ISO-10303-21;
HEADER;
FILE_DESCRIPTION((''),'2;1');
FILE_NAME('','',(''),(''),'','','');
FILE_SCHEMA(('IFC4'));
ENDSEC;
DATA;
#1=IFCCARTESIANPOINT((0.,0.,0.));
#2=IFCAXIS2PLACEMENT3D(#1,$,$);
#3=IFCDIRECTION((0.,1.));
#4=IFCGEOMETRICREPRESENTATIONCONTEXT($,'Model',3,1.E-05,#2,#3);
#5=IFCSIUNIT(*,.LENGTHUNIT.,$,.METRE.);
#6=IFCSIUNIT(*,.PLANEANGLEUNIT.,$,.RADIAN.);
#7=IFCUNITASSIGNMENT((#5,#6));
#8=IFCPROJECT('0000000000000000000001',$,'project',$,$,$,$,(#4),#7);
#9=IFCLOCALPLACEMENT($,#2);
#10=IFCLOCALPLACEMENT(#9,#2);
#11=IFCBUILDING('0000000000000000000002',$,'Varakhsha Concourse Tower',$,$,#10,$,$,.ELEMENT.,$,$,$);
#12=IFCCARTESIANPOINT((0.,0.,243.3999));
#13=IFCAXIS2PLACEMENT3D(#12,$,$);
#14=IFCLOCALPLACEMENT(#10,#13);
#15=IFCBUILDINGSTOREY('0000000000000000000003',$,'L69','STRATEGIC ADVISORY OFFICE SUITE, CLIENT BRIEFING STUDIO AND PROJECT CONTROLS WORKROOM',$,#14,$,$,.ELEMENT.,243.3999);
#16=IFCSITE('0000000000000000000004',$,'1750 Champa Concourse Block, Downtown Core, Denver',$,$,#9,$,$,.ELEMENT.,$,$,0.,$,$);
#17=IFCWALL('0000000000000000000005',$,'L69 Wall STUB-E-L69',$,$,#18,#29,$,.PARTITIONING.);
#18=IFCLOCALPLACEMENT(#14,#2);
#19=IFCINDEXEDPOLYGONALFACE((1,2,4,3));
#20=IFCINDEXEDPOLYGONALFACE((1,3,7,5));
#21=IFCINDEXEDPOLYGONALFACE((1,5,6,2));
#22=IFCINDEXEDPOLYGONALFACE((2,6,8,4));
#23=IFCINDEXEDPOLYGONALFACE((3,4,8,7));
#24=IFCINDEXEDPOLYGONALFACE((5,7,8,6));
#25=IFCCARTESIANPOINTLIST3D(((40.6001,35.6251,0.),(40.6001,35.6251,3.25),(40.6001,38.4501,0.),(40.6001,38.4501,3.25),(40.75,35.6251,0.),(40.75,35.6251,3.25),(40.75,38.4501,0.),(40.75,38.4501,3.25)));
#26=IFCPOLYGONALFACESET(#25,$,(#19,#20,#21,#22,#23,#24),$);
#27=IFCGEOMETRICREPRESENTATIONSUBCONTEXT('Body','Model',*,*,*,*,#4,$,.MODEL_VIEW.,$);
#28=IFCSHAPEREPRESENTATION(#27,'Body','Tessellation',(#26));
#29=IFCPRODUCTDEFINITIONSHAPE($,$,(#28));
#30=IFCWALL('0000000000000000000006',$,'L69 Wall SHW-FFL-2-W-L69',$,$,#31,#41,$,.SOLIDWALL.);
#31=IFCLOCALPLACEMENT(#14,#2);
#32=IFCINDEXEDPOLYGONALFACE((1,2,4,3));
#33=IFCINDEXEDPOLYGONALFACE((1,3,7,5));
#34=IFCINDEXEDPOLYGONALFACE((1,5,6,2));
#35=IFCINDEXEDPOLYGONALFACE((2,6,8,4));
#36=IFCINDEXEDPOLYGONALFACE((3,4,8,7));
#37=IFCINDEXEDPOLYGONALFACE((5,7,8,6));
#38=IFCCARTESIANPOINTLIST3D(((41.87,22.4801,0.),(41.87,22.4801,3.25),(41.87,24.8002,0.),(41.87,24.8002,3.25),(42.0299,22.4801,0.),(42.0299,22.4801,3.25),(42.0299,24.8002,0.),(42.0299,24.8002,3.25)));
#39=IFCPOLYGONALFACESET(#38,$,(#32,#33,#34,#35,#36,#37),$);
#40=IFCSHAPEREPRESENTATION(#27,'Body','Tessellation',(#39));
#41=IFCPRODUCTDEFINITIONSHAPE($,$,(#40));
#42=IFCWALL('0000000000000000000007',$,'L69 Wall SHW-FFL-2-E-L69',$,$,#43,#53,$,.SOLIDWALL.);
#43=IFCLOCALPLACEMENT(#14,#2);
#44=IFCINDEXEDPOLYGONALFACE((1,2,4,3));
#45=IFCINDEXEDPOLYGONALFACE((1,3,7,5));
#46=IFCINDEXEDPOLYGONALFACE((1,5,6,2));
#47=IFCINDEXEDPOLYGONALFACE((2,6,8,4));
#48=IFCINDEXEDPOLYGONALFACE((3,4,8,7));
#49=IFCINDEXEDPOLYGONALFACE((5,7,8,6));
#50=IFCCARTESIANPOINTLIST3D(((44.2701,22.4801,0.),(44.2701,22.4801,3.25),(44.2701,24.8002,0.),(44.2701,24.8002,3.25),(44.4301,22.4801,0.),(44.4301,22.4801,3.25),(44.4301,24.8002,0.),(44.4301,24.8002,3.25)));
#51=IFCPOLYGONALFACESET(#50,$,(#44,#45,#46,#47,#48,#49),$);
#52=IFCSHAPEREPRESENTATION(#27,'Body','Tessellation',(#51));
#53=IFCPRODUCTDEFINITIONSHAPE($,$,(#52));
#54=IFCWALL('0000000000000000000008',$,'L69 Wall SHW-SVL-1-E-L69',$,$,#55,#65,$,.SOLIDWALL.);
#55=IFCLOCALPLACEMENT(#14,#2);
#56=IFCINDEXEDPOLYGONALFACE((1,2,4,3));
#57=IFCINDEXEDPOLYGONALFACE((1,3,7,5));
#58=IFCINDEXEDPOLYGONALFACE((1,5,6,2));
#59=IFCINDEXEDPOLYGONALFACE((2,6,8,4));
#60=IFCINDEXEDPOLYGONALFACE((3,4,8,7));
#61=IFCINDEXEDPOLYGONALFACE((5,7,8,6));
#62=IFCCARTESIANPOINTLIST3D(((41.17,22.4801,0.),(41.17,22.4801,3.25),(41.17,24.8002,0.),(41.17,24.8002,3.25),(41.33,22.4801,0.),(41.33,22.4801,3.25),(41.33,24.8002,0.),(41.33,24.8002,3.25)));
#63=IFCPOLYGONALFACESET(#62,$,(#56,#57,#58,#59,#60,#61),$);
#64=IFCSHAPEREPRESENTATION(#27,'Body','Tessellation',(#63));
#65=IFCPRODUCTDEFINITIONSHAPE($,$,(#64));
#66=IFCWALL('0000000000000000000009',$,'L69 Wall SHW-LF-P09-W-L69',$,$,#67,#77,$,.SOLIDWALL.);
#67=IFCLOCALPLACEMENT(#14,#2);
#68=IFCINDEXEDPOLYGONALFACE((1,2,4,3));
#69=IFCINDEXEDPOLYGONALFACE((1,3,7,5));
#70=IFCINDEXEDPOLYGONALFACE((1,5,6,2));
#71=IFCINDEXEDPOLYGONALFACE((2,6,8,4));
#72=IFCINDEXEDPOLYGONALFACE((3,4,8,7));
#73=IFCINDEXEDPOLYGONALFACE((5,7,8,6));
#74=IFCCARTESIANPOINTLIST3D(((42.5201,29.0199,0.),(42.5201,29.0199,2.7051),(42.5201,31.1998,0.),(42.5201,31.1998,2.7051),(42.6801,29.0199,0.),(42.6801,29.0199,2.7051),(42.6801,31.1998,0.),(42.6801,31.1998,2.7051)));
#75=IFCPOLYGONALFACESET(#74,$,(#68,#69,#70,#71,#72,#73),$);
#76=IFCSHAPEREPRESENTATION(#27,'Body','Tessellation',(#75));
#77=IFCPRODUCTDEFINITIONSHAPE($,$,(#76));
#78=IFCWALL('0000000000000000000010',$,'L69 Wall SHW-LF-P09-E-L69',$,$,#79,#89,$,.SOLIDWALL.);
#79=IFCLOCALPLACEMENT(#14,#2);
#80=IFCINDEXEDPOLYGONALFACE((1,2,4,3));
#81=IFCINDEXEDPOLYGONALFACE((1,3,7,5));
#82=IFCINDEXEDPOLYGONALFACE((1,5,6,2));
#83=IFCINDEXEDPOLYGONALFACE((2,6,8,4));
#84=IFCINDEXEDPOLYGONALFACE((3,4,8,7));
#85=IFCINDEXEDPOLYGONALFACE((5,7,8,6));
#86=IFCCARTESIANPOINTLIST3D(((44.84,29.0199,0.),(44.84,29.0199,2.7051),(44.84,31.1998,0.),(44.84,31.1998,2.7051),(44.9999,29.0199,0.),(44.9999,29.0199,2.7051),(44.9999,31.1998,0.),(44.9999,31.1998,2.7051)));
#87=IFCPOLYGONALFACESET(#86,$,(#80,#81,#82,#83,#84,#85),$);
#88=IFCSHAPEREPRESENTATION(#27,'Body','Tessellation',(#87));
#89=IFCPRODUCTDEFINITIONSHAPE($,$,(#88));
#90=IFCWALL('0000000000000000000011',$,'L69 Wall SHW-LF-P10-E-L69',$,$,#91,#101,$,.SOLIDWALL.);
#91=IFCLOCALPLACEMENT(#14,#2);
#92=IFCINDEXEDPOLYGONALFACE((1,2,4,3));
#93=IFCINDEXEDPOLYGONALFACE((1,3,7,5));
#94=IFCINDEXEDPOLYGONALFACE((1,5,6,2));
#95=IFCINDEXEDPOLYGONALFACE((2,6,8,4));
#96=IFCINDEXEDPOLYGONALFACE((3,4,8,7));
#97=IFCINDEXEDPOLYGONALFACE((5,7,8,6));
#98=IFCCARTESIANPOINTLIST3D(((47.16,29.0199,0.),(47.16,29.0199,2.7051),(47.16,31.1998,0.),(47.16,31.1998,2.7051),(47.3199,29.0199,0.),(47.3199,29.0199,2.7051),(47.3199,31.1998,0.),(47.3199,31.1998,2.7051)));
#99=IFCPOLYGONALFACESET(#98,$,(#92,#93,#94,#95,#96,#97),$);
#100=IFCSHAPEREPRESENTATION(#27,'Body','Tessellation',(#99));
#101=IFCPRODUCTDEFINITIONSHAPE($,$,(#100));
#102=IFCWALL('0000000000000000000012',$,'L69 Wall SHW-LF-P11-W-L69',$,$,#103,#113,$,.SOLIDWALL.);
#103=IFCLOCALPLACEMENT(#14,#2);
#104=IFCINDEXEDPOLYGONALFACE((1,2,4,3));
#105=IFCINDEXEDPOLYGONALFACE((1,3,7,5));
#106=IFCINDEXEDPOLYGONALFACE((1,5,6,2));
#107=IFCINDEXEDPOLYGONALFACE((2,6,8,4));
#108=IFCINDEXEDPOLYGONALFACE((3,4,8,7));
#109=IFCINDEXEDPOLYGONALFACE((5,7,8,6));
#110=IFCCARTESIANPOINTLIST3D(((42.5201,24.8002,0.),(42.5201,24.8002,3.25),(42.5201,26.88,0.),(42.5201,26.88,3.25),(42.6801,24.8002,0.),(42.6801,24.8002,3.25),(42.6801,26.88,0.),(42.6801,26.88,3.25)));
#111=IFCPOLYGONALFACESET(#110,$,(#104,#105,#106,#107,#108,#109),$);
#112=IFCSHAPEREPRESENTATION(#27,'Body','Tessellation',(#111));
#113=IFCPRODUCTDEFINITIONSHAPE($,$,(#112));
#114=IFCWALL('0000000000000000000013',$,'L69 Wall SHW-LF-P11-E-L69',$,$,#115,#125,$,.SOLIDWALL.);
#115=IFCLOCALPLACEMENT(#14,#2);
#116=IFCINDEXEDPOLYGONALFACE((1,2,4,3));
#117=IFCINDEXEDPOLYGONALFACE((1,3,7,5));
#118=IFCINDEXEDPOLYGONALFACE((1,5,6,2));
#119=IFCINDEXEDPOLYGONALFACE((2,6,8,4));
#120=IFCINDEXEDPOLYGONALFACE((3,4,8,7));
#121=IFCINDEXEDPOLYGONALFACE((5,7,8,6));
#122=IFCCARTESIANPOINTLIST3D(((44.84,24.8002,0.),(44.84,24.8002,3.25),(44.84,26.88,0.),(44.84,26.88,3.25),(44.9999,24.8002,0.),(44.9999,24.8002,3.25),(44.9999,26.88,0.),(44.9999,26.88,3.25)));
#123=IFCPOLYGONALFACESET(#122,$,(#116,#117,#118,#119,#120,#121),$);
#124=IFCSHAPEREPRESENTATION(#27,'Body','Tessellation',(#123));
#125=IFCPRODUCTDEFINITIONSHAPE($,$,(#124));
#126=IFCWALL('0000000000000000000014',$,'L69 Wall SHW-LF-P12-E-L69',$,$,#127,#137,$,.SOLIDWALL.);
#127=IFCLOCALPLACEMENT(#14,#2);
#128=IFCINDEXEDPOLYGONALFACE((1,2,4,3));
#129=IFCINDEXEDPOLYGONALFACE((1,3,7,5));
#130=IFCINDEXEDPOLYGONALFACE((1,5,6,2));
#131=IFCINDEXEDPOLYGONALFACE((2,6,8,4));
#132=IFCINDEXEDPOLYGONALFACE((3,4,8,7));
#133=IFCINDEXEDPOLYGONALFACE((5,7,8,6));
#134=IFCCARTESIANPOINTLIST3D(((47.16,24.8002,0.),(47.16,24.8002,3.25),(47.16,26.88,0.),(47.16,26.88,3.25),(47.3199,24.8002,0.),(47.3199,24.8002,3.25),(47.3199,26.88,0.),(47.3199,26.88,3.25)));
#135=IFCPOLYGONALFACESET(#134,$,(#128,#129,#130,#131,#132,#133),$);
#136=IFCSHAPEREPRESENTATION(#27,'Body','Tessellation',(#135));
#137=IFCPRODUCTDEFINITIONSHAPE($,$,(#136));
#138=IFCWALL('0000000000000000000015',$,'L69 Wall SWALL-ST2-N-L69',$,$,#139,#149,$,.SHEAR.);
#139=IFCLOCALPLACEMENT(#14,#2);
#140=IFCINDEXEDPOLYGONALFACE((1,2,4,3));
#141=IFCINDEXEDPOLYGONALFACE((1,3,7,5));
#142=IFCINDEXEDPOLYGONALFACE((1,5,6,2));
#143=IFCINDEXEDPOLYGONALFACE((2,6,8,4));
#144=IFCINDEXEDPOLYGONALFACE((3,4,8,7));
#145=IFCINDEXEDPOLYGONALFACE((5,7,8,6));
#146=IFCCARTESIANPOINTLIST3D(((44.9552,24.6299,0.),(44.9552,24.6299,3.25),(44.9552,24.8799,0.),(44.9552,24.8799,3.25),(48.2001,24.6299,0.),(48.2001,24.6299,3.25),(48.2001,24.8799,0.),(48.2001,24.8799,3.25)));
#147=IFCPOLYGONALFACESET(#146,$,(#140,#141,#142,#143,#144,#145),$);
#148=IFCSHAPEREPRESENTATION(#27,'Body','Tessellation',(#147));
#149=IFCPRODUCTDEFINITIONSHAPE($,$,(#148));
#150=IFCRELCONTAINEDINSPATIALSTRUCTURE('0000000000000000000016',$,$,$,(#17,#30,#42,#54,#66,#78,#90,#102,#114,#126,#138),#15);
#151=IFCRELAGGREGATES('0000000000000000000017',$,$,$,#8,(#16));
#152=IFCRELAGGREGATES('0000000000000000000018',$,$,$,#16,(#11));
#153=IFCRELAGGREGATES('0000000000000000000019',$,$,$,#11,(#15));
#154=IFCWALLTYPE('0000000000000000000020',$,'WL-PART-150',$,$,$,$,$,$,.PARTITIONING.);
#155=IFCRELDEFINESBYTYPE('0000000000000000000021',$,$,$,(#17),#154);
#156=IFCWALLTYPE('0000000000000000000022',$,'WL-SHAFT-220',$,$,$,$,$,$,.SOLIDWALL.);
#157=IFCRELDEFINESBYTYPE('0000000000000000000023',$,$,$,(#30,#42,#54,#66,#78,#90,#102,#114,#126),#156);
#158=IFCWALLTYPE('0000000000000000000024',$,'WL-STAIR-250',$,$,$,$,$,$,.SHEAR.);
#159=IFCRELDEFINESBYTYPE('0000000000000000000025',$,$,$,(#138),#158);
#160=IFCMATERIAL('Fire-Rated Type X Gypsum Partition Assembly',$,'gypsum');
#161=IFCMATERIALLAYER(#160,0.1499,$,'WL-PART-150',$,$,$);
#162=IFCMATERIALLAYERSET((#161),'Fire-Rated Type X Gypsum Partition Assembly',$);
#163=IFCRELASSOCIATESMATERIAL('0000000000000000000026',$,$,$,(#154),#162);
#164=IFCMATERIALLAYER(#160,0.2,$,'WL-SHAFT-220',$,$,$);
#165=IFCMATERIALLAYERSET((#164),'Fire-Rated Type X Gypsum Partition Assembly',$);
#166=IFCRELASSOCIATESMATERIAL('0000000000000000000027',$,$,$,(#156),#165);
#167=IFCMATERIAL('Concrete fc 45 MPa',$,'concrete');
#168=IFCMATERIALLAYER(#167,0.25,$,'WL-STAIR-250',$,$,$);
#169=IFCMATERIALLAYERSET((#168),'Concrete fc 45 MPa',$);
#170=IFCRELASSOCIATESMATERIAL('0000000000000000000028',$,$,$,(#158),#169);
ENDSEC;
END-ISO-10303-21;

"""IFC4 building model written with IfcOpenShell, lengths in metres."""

from ifc_helpers import new_model, si_unit, direction, frame, frame_2d, origin, place, context, subcontext, project, spatial, rectangle, extrude, material, layer, layer_set, type_object, element, save


model = new_model("IFC4")

# Units and contexts
model_context = context("Model", 3, precision=1e-05, world=origin(), true_north=direction((0.0, 1.0)))
body_context = subcontext(model_context, "Body", "Model", "MODEL_VIEW")
ifc_project = project(units=[si_unit("LENGTHUNIT", "METRE"), si_unit("PLANEANGLEUNIT", "RADIAN")], contexts=[model_context])

# Site, building, storey
site_placement = place(None, origin())
site = spatial("IfcSite", under=ifc_project, at=site_placement, Name="1750 Champa Concourse Block, Downtown Core, Denver", CompositionType="ELEMENT", RefElevation=0.0)
building_placement = place(site_placement, origin())
building = spatial("IfcBuilding", under=site, at=building_placement, Name="Varakhsha Concourse Tower", CompositionType="ELEMENT")
storey_placement = place(building_placement, frame((0.0, 0.0, 243.3999)))
storey = spatial("IfcBuildingStorey", under=building, at=storey_placement, Name="L69", Description="STRATEGIC ADVISORY OFFICE SUITE, CLIENT BRIEFING STUDIO AND PROJECT CONTROLS WORKROOM", CompositionType="ELEMENT", Elevation=243.3999)

# Shared definitions
ifc_material_1 = material(Name="Fire-Rated Type X Gypsum Partition Assembly", Category="gypsum")
ifc_layer_1 = layer(ifc_material_1, 0.1499, Name="WL-PART-150")
ifc_layer_set_1 = layer_set([ifc_layer_1], Name="Fire-Rated Type X Gypsum Partition Assembly")
wall_type_1 = type_object("IfcWallType", Name="WL-PART-150", PredefinedType="PARTITIONING", material=ifc_layer_set_1)

# Walls
wall_1_placement = place(storey_placement, frame((40.675, 35.625, 0.0), z_axis=(0.0, 0.0, 1.0), x_axis=(0.0, 1.0, 0.0)))
element("IfcWall", 1, at=wall_1_placement, inside=storey, type_object=wall_type_1, Name="L69 Wall STUB-E-L69", PredefinedType="PARTITIONING", context=body_context, shape_type="SweptSolid", body=[
    extrude(rectangle(XDim=2.825, YDim=0.1499, at=frame_2d((1.4126, 0.0))), origin(), (0.0, 0.0, 1.0), 3.25),
])
ifc_layer_2 = layer(ifc_material_1, 0.2, Name="WL-SHAFT-220")
ifc_layer_set_2 = layer_set([ifc_layer_2], Name="Fire-Rated Type X Gypsum Partition Assembly")
wall_type_2 = type_object("IfcWallType", Name="WL-SHAFT-220", PredefinedType="SOLIDWALL", material=ifc_layer_set_2)
for number, where, z_axis, x_axis, name in (
    (2, (41.95, 22.48, 0.0), (0.0, 0.0, 1.0), (0.0, 1.0, 0.0), "L69 Wall SHW-FFL-2-W-L69"),
    (3, (44.3501, 22.48, 0.0), (0.0, 0.0, 1.0), (0.0, 1.0, 0.0), "L69 Wall SHW-FFL-2-E-L69"),
    (4, (41.25, 22.48, 0.0), (0.0, 0.0, 1.0), (0.0, 1.0, 0.0), "L69 Wall SHW-SVL-1-E-L69"),
):
    element("IfcWall", number, at=place(storey_placement, frame(where, z_axis=z_axis, x_axis=x_axis)), inside=storey, type_object=wall_type_2, Name=name, PredefinedType="SOLIDWALL", context=body_context, shape_type="SweptSolid", body=[
        extrude(rectangle(XDim=2.3201, YDim=0.1599, at=frame_2d((1.1602, 0.0))), origin(), (0.0, 0.0, 1.0), 3.25),
    ])
for number, where, z_axis, x_axis, name in (
    (5, (42.6001, 29.02, 0.0), (0.0, 0.0, 1.0), (0.0, 1.0, 0.0), "L69 Wall SHW-LF-P09-W-L69"),
    (6, (44.9199, 29.02, 0.0), (0.0, 0.0, 1.0), (0.0, 1.0, 0.0), "L69 Wall SHW-LF-P09-E-L69"),
    (7, (47.24, 29.02, 0.0), (0.0, 0.0, 1.0), (0.0, 1.0, 0.0), "L69 Wall SHW-LF-P10-E-L69"),
):
    element("IfcWall", number, at=place(storey_placement, frame(where, z_axis=z_axis, x_axis=x_axis)), inside=storey, type_object=wall_type_2, Name=name, PredefinedType="SOLIDWALL", context=body_context, shape_type="SweptSolid", body=[
        extrude(rectangle(XDim=2.1799, YDim=0.1599, at=frame_2d((1.0898, 0.0))), origin(), (0.0, 0.0, 1.0), 2.7051),
    ])
for number, where, z_axis, x_axis, name in (
    (8, (42.6001, 24.8, 0.0), (0.0, 0.0, 1.0), (0.0, 1.0, 0.0), "L69 Wall SHW-LF-P11-W-L69"),
    (9, (44.9199, 24.8, 0.0), (0.0, 0.0, 1.0), (0.0, 1.0, 0.0), "L69 Wall SHW-LF-P11-E-L69"),
    (10, (47.24, 24.8, 0.0), (0.0, 0.0, 1.0), (0.0, 1.0, 0.0), "L69 Wall SHW-LF-P12-E-L69"),
):
    element("IfcWall", number, at=place(storey_placement, frame(where, z_axis=z_axis, x_axis=x_axis)), inside=storey, type_object=wall_type_2, Name=name, PredefinedType="SOLIDWALL", context=body_context, shape_type="SweptSolid", body=[
        extrude(rectangle(XDim=2.0798, YDim=0.1599, at=frame_2d((1.04, 0.0))), origin(), (0.0, 0.0, 1.0), 3.25),
    ])
ifc_material_2 = material(Name="Concrete fc 45 MPa", Category="concrete")
ifc_layer_3 = layer(ifc_material_2, 0.25, Name="WL-STAIR-250")
ifc_layer_set_3 = layer_set([ifc_layer_3], Name="Concrete fc 45 MPa")
wall_type_3 = type_object("IfcWallType", Name="WL-STAIR-250", PredefinedType="SHEAR", material=ifc_layer_set_3)
wall_2_placement = place(storey_placement, frame((44.9551, 24.7549, 0.0), z_axis=(0.0, 0.0, 1.0), x_axis=(1.0, 0.0, 0.0)))
element("IfcWall", 11, at=wall_2_placement, inside=storey, type_object=wall_type_3, Name="L69 Wall SWALL-ST2-N-L69", PredefinedType="SHEAR", context=body_context, shape_type="SweptSolid", body=[
    extrude(rectangle(XDim=3.2449, YDim=0.25, at=frame_2d((1.6226, 0.0))), origin(), (0.0, 0.0, 1.0), 3.25),
])

save(model, "model.ifc")
